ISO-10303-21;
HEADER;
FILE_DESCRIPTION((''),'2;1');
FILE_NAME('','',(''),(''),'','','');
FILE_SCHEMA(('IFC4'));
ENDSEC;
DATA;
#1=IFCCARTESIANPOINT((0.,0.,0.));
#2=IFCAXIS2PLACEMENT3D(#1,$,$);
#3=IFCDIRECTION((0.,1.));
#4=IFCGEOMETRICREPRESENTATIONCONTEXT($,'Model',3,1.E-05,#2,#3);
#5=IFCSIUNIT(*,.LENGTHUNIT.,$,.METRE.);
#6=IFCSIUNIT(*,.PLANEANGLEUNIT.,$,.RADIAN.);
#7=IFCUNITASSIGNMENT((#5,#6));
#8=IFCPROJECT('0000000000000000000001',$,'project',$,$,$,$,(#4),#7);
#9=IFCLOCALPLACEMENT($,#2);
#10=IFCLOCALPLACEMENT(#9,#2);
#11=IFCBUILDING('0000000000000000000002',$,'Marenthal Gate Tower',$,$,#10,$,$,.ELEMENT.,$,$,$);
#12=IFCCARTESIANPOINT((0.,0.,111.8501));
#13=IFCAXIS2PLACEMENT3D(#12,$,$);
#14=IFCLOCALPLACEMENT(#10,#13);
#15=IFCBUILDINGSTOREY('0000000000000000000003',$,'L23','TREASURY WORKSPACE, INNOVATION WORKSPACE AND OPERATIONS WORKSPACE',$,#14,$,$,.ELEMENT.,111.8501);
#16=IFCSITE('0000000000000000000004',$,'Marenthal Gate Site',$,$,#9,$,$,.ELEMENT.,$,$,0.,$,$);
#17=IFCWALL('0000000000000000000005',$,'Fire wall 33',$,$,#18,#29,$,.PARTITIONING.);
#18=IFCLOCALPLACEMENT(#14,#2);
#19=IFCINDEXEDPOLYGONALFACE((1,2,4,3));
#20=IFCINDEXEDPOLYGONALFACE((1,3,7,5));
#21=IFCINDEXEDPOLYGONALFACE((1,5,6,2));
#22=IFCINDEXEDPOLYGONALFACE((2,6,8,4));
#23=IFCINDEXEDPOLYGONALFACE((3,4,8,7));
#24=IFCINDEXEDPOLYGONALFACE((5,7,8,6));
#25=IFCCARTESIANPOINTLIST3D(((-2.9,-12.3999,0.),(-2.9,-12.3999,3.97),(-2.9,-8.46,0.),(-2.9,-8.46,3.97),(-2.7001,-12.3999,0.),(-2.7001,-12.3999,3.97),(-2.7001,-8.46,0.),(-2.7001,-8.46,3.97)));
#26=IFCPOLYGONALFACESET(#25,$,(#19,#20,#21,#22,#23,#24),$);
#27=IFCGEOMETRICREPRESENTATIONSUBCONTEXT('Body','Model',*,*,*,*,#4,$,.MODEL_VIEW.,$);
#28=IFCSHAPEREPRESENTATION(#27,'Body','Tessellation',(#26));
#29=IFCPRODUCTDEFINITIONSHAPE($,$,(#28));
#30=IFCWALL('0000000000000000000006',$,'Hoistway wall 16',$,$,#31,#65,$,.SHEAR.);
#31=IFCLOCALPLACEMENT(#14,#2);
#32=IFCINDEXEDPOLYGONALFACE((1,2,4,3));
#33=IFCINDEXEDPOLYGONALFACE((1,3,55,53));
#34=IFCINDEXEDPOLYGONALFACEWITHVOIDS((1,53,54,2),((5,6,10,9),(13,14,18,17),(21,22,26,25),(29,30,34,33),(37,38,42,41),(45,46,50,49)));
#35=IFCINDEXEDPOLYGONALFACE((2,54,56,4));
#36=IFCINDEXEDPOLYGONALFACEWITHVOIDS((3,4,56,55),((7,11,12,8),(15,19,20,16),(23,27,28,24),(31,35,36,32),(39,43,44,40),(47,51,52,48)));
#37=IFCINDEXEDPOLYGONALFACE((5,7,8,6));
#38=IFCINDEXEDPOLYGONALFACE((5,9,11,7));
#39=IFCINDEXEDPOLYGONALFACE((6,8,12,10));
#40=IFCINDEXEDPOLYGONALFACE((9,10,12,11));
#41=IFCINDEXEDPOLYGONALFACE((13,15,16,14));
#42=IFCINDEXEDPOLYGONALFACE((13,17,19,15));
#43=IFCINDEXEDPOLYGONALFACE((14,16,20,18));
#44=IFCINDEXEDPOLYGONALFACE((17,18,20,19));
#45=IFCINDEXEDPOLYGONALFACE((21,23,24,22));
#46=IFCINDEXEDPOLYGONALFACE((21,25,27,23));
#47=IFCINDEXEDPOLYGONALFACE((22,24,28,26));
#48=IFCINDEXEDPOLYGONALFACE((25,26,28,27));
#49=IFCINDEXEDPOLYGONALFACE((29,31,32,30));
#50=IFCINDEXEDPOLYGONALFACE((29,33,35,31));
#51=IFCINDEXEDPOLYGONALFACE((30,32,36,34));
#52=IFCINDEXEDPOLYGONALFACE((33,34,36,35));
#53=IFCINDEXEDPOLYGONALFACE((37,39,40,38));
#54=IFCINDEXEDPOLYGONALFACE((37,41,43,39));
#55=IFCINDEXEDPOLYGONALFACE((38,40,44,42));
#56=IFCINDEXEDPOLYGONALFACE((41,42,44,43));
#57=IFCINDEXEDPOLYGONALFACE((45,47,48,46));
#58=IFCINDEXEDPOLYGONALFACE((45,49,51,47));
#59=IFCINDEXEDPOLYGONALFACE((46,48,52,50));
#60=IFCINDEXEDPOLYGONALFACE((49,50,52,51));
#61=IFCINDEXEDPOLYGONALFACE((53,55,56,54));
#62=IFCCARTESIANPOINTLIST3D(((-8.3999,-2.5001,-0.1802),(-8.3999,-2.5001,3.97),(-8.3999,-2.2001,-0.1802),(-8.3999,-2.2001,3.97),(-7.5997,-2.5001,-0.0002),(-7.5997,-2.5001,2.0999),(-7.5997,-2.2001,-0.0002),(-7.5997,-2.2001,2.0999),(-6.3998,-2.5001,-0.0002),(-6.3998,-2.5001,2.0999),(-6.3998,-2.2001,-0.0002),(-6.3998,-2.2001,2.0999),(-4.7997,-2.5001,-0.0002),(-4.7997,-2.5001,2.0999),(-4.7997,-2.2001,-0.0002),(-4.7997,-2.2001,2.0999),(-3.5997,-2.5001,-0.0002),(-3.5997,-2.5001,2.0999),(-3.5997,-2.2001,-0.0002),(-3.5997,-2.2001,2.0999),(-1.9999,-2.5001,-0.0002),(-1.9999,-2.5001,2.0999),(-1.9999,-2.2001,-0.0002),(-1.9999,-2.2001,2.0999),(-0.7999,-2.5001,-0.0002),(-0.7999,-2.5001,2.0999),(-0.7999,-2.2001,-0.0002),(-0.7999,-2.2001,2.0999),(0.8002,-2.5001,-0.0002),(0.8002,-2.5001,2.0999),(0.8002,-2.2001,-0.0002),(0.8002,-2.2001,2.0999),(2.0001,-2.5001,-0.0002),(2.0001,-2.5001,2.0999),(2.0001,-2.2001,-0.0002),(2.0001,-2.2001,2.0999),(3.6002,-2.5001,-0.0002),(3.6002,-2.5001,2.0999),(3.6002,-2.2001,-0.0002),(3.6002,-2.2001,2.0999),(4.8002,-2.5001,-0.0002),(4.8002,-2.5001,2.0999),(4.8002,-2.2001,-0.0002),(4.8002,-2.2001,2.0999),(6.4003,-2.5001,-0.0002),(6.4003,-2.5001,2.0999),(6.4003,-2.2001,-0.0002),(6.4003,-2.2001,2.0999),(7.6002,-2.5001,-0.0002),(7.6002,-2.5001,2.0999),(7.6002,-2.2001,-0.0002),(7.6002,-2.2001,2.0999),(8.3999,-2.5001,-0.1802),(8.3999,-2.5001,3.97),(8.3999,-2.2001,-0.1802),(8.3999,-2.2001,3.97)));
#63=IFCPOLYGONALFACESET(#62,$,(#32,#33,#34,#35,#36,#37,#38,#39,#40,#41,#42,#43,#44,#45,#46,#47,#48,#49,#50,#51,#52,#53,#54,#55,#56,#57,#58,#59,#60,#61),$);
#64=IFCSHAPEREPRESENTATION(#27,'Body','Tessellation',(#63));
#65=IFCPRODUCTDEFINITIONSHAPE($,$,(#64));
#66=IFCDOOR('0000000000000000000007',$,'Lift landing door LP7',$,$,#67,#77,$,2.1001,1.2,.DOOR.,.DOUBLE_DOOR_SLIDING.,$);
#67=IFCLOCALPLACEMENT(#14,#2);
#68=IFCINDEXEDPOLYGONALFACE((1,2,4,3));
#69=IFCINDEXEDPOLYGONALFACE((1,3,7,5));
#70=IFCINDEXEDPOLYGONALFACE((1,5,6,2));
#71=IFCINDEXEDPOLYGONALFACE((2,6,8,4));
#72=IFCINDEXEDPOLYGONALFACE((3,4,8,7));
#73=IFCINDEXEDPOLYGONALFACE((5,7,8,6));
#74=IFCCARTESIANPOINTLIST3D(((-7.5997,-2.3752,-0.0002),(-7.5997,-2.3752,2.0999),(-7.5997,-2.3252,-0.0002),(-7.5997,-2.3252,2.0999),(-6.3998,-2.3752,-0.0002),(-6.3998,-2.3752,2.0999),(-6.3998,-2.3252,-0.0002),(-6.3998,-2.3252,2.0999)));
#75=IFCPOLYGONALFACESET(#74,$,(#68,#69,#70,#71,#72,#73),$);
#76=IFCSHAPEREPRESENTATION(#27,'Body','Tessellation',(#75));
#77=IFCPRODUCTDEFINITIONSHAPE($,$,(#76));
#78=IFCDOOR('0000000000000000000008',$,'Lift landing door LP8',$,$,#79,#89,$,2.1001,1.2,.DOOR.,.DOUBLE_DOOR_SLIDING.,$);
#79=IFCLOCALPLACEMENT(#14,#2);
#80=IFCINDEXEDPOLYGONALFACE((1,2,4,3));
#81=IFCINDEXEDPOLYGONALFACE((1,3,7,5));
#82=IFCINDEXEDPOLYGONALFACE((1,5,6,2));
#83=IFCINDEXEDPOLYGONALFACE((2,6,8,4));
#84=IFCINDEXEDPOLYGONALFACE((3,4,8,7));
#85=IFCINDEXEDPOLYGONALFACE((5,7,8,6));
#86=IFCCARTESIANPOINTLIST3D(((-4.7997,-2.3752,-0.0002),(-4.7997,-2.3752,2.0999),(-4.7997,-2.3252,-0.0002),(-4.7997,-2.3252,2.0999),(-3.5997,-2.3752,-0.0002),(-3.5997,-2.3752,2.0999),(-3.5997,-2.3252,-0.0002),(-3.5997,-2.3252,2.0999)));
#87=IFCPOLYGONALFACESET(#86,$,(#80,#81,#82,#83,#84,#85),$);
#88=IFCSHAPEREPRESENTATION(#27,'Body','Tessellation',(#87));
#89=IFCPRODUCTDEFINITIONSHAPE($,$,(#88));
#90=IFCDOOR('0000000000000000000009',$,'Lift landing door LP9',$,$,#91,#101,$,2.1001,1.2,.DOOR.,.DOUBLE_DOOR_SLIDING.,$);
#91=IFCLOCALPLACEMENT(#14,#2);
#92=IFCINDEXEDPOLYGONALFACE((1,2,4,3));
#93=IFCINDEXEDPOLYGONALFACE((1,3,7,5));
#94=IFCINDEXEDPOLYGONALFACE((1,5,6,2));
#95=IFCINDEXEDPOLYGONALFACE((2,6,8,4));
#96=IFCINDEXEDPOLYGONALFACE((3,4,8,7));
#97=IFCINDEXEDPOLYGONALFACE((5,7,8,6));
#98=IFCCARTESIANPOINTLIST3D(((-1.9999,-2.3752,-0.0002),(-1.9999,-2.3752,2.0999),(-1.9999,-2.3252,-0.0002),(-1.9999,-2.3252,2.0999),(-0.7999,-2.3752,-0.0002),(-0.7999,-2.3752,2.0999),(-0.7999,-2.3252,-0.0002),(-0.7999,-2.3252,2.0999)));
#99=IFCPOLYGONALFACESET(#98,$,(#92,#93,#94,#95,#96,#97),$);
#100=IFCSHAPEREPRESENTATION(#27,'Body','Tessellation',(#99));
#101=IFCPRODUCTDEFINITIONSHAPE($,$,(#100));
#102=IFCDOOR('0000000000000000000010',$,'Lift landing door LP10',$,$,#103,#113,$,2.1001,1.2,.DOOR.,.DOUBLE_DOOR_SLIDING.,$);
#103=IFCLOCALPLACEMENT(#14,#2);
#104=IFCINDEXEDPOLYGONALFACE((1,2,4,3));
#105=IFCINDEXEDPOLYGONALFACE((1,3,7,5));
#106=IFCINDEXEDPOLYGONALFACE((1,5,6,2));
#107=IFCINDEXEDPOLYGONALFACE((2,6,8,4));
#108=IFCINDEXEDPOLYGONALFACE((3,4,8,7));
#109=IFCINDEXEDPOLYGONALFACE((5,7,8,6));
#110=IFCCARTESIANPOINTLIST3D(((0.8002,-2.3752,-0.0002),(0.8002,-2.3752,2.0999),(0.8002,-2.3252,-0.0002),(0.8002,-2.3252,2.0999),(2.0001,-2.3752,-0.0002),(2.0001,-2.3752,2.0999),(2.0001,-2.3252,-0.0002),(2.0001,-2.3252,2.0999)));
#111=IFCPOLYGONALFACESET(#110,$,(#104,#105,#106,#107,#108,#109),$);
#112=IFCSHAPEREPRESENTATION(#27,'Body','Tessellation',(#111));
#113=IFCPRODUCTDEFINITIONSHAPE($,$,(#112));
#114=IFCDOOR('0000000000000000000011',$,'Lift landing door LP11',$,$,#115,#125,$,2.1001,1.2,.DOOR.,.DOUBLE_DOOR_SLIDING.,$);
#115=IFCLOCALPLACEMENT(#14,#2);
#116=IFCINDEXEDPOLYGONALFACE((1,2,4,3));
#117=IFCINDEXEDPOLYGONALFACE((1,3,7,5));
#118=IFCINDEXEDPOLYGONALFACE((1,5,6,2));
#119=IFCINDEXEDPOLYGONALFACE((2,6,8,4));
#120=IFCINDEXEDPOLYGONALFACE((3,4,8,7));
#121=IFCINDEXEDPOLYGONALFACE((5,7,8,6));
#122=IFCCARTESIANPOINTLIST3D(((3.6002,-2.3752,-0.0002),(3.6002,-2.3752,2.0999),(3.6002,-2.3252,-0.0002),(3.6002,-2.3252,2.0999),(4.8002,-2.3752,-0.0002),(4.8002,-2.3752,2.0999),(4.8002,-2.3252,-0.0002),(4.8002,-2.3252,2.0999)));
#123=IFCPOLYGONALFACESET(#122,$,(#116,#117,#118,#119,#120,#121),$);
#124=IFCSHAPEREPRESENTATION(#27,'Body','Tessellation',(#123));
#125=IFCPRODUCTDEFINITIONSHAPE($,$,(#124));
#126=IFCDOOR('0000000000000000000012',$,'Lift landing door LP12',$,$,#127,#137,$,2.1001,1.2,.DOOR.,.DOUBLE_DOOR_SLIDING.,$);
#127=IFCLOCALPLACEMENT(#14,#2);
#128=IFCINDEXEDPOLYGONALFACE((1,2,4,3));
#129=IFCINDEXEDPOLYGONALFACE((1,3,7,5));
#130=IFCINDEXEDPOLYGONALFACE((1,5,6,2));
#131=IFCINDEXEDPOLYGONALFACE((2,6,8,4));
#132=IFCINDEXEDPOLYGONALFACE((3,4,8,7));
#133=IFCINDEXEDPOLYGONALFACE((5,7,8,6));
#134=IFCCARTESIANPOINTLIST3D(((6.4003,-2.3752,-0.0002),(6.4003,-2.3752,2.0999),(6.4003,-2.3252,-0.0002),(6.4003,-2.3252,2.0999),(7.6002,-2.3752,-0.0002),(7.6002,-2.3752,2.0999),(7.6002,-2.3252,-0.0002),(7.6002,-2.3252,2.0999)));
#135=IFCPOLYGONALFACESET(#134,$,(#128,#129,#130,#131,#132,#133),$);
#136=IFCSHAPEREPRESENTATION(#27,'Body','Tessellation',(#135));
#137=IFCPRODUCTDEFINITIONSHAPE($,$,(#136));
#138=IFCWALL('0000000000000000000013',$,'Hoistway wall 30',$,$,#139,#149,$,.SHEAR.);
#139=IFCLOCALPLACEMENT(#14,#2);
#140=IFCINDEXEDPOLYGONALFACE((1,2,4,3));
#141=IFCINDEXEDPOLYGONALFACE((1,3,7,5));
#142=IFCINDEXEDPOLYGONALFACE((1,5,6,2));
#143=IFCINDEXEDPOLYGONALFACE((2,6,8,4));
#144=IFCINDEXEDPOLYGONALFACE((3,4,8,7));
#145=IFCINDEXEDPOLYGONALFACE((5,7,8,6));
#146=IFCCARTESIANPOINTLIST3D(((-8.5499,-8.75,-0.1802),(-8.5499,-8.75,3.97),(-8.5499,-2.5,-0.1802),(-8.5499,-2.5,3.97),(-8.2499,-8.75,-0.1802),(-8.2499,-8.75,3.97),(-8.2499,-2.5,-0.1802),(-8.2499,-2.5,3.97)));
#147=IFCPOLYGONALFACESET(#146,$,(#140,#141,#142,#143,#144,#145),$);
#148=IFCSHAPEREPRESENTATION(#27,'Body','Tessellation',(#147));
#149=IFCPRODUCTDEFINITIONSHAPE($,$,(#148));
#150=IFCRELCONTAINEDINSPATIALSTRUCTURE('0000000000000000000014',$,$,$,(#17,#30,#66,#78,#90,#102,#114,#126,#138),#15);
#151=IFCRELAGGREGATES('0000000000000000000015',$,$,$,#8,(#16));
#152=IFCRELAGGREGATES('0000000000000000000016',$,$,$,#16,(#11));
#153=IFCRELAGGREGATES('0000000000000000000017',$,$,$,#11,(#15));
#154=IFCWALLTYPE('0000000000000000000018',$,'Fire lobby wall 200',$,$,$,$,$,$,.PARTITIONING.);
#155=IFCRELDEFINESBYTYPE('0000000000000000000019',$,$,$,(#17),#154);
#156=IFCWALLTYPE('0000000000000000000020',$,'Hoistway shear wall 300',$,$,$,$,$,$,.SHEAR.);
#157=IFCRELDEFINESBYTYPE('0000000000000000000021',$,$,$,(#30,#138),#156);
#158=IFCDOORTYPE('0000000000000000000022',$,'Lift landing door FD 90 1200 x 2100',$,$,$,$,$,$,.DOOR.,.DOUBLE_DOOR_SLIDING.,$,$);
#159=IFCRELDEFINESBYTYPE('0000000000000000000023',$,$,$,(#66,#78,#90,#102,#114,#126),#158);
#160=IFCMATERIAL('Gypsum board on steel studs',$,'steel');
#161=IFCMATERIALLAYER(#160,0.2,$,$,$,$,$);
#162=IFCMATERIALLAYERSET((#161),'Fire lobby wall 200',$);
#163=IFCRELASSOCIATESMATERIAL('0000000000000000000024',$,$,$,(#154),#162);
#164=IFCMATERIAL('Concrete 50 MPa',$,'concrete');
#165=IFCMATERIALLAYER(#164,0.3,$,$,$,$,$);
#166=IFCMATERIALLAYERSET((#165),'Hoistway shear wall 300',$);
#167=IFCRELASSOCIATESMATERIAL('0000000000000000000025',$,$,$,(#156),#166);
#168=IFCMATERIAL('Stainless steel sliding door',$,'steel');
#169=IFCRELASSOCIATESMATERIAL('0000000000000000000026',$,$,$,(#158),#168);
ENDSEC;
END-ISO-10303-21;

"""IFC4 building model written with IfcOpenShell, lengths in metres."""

from ifc_helpers import new_model, si_unit, direction, frame, frame_2d, origin, place, context, subcontext, project, spatial, rectangle, extrude, material, layer, layer_set, type_object, element, fill, save


model = new_model("IFC4")

# Units and contexts
model_context = context("Model", 3, precision=1e-05, world=origin(), true_north=direction((0.0, 1.0)))
body_context = subcontext(model_context, "Body", "Model", "MODEL_VIEW")
ifc_project = project(units=[si_unit("LENGTHUNIT", "METRE"), si_unit("PLANEANGLEUNIT", "RADIAN")], contexts=[model_context])

# Site, building, storey
site_placement = place(None, origin())
site = spatial("IfcSite", under=ifc_project, at=site_placement, Name="Marenthal Gate Site", CompositionType="ELEMENT", RefElevation=0.0)
building_placement = place(site_placement, origin())
building = spatial("IfcBuilding", under=site, at=building_placement, Name="Marenthal Gate Tower", CompositionType="ELEMENT")
storey_placement = place(building_placement, frame((0.0, 0.0, 111.8501)))
storey = spatial("IfcBuildingStorey", under=building, at=storey_placement, Name="L23", Description="TREASURY WORKSPACE, INNOVATION WORKSPACE AND OPERATIONS WORKSPACE", CompositionType="ELEMENT", Elevation=111.8501)

# Wall
ifc_material_1 = material(Name="Gypsum board on steel studs", Category="steel")
ifc_layer_1 = layer(ifc_material_1, 0.2)
ifc_layer_set_1 = layer_set([ifc_layer_1], Name="Fire lobby wall 200")
wall_type_1 = type_object("IfcWallType", Name="Fire lobby wall 200", PredefinedType="PARTITIONING", material=ifc_layer_set_1)
wall_1_placement = place(storey_placement, frame((-2.8, -12.3999, 0.0), z_axis=(0.0, 0.0, 1.0), x_axis=(0.0, 1.0, 0.0)))
element("IfcWall", 1, at=wall_1_placement, inside=storey, type_object=wall_type_1, Name="Fire wall 33", PredefinedType="PARTITIONING", context=body_context, shape_type="SweptSolid", body=[
    extrude(rectangle(XDim=3.9399, YDim=0.2, at=frame_2d((1.97, 0.0))), origin(), (0.0, 0.0, 1.0), 3.97),
])

# Wall, openings, doors
ifc_material_2 = material(Name="Concrete 50 MPa", Category="concrete")
ifc_layer_2 = layer(ifc_material_2, 0.3)
ifc_layer_set_2 = layer_set([ifc_layer_2], Name="Hoistway shear wall 300")
wall_type_2 = type_object("IfcWallType", Name="Hoistway shear wall 300", PredefinedType="SHEAR", material=ifc_layer_set_2)
wall_2_placement = place(storey_placement, frame((-8.3999, -2.3501, -0.1802), z_axis=(0.0, 0.0, 1.0), x_axis=(1.0, 0.0, 0.0)))
wall_2 = element("IfcWall", 2, at=wall_2_placement, inside=storey, type_object=wall_type_2, Name="Hoistway wall 16", PredefinedType="SHEAR", context=body_context, shape_type="SweptSolid", body=[
    extrude(rectangle(XDim=16.7998, YDim=0.3, at=frame_2d((8.3999, 0.0))), origin(), (0.0, 0.0, 1.0), 4.1501),
])
opening_1_placement = place(wall_2_placement, frame((0.8, 0.0, 0.1799)))
opening_1 = element("IfcOpeningElement", 3, at=opening_1_placement, cuts=wall_2, PredefinedType="OPENING", context=body_context, shape_type="SweptSolid", body=[
    extrude(rectangle(XDim=1.2, YDim=2.1001, at=frame_2d((0.6001, 1.05))), frame((0.0, 0.1602, 0.0), z_axis=(0.0, -1.0, 0.0), x_axis=(1.0, 0.0, 0.0)), (0.0, 0.0, 1.0), 0.3201),
])
opening_2_placement = place(wall_2_placement, frame((3.6001, 0.0, 0.1799)))
opening_2 = element("IfcOpeningElement", 4, at=opening_2_placement, cuts=wall_2, PredefinedType="OPENING", context=body_context, shape_type="SweptSolid", body=[
    extrude(rectangle(XDim=1.2, YDim=2.1001, at=frame_2d((0.6001, 1.05))), frame((0.0, 0.1602, 0.0), z_axis=(0.0, -1.0, 0.0), x_axis=(1.0, 0.0, 0.0)), (0.0, 0.0, 1.0), 0.3201),
])
opening_3_placement = place(wall_2_placement, frame((6.3999, 0.0, 0.1799)))
opening_3 = element("IfcOpeningElement", 5, at=opening_3_placement, cuts=wall_2, PredefinedType="OPENING", context=body_context, shape_type="SweptSolid", body=[
    extrude(rectangle(XDim=1.2, YDim=2.1001, at=frame_2d((0.6001, 1.05))), frame((0.0, 0.1602, 0.0), z_axis=(0.0, -1.0, 0.0), x_axis=(1.0, 0.0, 0.0)), (0.0, 0.0, 1.0), 0.3201),
])
opening_4_placement = place(wall_2_placement, frame((9.2, 0.0, 0.1799)))
opening_4 = element("IfcOpeningElement", 6, at=opening_4_placement, cuts=wall_2, PredefinedType="OPENING", context=body_context, shape_type="SweptSolid", body=[
    extrude(rectangle(XDim=1.2, YDim=2.1001, at=frame_2d((0.6001, 1.05))), frame((0.0, 0.1602, 0.0), z_axis=(0.0, -1.0, 0.0), x_axis=(1.0, 0.0, 0.0)), (0.0, 0.0, 1.0), 0.3201),
])
opening_5_placement = place(wall_2_placement, frame((12.0, 0.0, 0.1799)))
opening_5 = element("IfcOpeningElement", 7, at=opening_5_placement, cuts=wall_2, PredefinedType="OPENING", context=body_context, shape_type="SweptSolid", body=[
    extrude(rectangle(XDim=1.2, YDim=2.1001, at=frame_2d((0.6001, 1.05))), frame((0.0, 0.1602, 0.0), z_axis=(0.0, -1.0, 0.0), x_axis=(1.0, 0.0, 0.0)), (0.0, 0.0, 1.0), 0.3201),
])
opening_6_placement = place(wall_2_placement, frame((14.8, 0.0, 0.1799)))
opening_6 = element("IfcOpeningElement", 8, at=opening_6_placement, cuts=wall_2, PredefinedType="OPENING", context=body_context, shape_type="SweptSolid", body=[
    extrude(rectangle(XDim=1.2, YDim=2.1001, at=frame_2d((0.6001, 1.05))), frame((0.0, 0.1602, 0.0), z_axis=(0.0, -1.0, 0.0), x_axis=(1.0, 0.0, 0.0)), (0.0, 0.0, 1.0), 0.3201),
])
ifc_material_3 = material(Name="Stainless steel sliding door", Category="steel")
door_type_1 = type_object("IfcDoorType", Name="Lift landing door FD 90 1200 x 2100", OperationType="DOUBLE_DOOR_SLIDING", PredefinedType="DOOR", material=ifc_material_3)
door_1_placement = place(opening_1_placement, origin())
door_1 = element("IfcDoor", 9, at=door_1_placement, inside=storey, type_object=door_type_1, Name="Lift landing door LP7", OperationType="DOUBLE_DOOR_SLIDING", OverallHeight=2.1001, OverallWidth=1.2, PredefinedType="DOOR", context=body_context, shape_type="SweptSolid", body=[
    extrude(rectangle(XDim=1.2, YDim=2.1001, at=frame_2d((0.6001, 1.05))), frame((0.0, 0.0249, 0.0), z_axis=(0.0, -1.0, 0.0), x_axis=(1.0, 0.0, 0.0)), (0.0, 0.0, 1.0), 0.05),
])
fill(opening_1, door_1)
door_2_placement = place(opening_2_placement, origin())
door_2 = element("IfcDoor", 10, at=door_2_placement, inside=storey, type_object=door_type_1, Name="Lift landing door LP8", OperationType="DOUBLE_DOOR_SLIDING", OverallHeight=2.1001, OverallWidth=1.2, PredefinedType="DOOR", context=body_context, shape_type="SweptSolid", body=[
    extrude(rectangle(XDim=1.2, YDim=2.1001, at=frame_2d((0.6001, 1.05))), frame((0.0, 0.0249, 0.0), z_axis=(0.0, -1.0, 0.0), x_axis=(1.0, 0.0, 0.0)), (0.0, 0.0, 1.0), 0.05),
])
fill(opening_2, door_2)
door_3_placement = place(opening_3_placement, origin())
door_3 = element("IfcDoor", 11, at=door_3_placement, inside=storey, type_object=door_type_1, Name="Lift landing door LP9", OperationType="DOUBLE_DOOR_SLIDING", OverallHeight=2.1001, OverallWidth=1.2, PredefinedType="DOOR", context=body_context, shape_type="SweptSolid", body=[
    extrude(rectangle(XDim=1.2, YDim=2.1001, at=frame_2d((0.6001, 1.05))), frame((0.0, 0.0249, 0.0), z_axis=(0.0, -1.0, 0.0), x_axis=(1.0, 0.0, 0.0)), (0.0, 0.0, 1.0), 0.05),
])
fill(opening_3, door_3)
door_4_placement = place(opening_4_placement, origin())
door_4 = element("IfcDoor", 12, at=door_4_placement, inside=storey, type_object=door_type_1, Name="Lift landing door LP10", OperationType="DOUBLE_DOOR_SLIDING", OverallHeight=2.1001, OverallWidth=1.2, PredefinedType="DOOR", context=body_context, shape_type="SweptSolid", body=[
    extrude(rectangle(XDim=1.2, YDim=2.1001, at=frame_2d((0.6001, 1.05))), frame((0.0, 0.0249, 0.0), z_axis=(0.0, -1.0, 0.0), x_axis=(1.0, 0.0, 0.0)), (0.0, 0.0, 1.0), 0.05),
])
fill(opening_4, door_4)
door_5_placement = place(opening_5_placement, origin())
door_5 = element("IfcDoor", 13, at=door_5_placement, inside=storey, type_object=door_type_1, Name="Lift landing door LP11", OperationType="DOUBLE_DOOR_SLIDING", OverallHeight=2.1001, OverallWidth=1.2, PredefinedType="DOOR", context=body_context, shape_type="SweptSolid", body=[
    extrude(rectangle(XDim=1.2, YDim=2.1001, at=frame_2d((0.6001, 1.05))), frame((0.0, 0.0249, 0.0), z_axis=(0.0, -1.0, 0.0), x_axis=(1.0, 0.0, 0.0)), (0.0, 0.0, 1.0), 0.05),
])
fill(opening_5, door_5)
door_6_placement = place(opening_6_placement, origin())
door_6 = element("IfcDoor", 14, at=door_6_placement, inside=storey, type_object=door_type_1, Name="Lift landing door LP12", OperationType="DOUBLE_DOOR_SLIDING", OverallHeight=2.1001, OverallWidth=1.2, PredefinedType="DOOR", context=body_context, shape_type="SweptSolid", body=[
    extrude(rectangle(XDim=1.2, YDim=2.1001, at=frame_2d((0.6001, 1.05))), frame((0.0, 0.0249, 0.0), z_axis=(0.0, -1.0, 0.0), x_axis=(1.0, 0.0, 0.0)), (0.0, 0.0, 1.0), 0.05),
])
fill(opening_6, door_6)

# Wall
wall_3_placement = place(storey_placement, frame((-8.3999, -8.75, -0.1802), z_axis=(0.0, 0.0, 1.0), x_axis=(0.0, 1.0, 0.0)))
element("IfcWall", 15, at=wall_3_placement, inside=storey, type_object=wall_type_2, Name="Hoistway wall 30", PredefinedType="SHEAR", context=body_context, shape_type="SweptSolid", body=[
    extrude(rectangle(XDim=6.25, YDim=0.3, at=frame_2d((3.125, 0.0))), origin(), (0.0, 0.0, 1.0), 4.1501),
])

save(model, "model.ifc")
